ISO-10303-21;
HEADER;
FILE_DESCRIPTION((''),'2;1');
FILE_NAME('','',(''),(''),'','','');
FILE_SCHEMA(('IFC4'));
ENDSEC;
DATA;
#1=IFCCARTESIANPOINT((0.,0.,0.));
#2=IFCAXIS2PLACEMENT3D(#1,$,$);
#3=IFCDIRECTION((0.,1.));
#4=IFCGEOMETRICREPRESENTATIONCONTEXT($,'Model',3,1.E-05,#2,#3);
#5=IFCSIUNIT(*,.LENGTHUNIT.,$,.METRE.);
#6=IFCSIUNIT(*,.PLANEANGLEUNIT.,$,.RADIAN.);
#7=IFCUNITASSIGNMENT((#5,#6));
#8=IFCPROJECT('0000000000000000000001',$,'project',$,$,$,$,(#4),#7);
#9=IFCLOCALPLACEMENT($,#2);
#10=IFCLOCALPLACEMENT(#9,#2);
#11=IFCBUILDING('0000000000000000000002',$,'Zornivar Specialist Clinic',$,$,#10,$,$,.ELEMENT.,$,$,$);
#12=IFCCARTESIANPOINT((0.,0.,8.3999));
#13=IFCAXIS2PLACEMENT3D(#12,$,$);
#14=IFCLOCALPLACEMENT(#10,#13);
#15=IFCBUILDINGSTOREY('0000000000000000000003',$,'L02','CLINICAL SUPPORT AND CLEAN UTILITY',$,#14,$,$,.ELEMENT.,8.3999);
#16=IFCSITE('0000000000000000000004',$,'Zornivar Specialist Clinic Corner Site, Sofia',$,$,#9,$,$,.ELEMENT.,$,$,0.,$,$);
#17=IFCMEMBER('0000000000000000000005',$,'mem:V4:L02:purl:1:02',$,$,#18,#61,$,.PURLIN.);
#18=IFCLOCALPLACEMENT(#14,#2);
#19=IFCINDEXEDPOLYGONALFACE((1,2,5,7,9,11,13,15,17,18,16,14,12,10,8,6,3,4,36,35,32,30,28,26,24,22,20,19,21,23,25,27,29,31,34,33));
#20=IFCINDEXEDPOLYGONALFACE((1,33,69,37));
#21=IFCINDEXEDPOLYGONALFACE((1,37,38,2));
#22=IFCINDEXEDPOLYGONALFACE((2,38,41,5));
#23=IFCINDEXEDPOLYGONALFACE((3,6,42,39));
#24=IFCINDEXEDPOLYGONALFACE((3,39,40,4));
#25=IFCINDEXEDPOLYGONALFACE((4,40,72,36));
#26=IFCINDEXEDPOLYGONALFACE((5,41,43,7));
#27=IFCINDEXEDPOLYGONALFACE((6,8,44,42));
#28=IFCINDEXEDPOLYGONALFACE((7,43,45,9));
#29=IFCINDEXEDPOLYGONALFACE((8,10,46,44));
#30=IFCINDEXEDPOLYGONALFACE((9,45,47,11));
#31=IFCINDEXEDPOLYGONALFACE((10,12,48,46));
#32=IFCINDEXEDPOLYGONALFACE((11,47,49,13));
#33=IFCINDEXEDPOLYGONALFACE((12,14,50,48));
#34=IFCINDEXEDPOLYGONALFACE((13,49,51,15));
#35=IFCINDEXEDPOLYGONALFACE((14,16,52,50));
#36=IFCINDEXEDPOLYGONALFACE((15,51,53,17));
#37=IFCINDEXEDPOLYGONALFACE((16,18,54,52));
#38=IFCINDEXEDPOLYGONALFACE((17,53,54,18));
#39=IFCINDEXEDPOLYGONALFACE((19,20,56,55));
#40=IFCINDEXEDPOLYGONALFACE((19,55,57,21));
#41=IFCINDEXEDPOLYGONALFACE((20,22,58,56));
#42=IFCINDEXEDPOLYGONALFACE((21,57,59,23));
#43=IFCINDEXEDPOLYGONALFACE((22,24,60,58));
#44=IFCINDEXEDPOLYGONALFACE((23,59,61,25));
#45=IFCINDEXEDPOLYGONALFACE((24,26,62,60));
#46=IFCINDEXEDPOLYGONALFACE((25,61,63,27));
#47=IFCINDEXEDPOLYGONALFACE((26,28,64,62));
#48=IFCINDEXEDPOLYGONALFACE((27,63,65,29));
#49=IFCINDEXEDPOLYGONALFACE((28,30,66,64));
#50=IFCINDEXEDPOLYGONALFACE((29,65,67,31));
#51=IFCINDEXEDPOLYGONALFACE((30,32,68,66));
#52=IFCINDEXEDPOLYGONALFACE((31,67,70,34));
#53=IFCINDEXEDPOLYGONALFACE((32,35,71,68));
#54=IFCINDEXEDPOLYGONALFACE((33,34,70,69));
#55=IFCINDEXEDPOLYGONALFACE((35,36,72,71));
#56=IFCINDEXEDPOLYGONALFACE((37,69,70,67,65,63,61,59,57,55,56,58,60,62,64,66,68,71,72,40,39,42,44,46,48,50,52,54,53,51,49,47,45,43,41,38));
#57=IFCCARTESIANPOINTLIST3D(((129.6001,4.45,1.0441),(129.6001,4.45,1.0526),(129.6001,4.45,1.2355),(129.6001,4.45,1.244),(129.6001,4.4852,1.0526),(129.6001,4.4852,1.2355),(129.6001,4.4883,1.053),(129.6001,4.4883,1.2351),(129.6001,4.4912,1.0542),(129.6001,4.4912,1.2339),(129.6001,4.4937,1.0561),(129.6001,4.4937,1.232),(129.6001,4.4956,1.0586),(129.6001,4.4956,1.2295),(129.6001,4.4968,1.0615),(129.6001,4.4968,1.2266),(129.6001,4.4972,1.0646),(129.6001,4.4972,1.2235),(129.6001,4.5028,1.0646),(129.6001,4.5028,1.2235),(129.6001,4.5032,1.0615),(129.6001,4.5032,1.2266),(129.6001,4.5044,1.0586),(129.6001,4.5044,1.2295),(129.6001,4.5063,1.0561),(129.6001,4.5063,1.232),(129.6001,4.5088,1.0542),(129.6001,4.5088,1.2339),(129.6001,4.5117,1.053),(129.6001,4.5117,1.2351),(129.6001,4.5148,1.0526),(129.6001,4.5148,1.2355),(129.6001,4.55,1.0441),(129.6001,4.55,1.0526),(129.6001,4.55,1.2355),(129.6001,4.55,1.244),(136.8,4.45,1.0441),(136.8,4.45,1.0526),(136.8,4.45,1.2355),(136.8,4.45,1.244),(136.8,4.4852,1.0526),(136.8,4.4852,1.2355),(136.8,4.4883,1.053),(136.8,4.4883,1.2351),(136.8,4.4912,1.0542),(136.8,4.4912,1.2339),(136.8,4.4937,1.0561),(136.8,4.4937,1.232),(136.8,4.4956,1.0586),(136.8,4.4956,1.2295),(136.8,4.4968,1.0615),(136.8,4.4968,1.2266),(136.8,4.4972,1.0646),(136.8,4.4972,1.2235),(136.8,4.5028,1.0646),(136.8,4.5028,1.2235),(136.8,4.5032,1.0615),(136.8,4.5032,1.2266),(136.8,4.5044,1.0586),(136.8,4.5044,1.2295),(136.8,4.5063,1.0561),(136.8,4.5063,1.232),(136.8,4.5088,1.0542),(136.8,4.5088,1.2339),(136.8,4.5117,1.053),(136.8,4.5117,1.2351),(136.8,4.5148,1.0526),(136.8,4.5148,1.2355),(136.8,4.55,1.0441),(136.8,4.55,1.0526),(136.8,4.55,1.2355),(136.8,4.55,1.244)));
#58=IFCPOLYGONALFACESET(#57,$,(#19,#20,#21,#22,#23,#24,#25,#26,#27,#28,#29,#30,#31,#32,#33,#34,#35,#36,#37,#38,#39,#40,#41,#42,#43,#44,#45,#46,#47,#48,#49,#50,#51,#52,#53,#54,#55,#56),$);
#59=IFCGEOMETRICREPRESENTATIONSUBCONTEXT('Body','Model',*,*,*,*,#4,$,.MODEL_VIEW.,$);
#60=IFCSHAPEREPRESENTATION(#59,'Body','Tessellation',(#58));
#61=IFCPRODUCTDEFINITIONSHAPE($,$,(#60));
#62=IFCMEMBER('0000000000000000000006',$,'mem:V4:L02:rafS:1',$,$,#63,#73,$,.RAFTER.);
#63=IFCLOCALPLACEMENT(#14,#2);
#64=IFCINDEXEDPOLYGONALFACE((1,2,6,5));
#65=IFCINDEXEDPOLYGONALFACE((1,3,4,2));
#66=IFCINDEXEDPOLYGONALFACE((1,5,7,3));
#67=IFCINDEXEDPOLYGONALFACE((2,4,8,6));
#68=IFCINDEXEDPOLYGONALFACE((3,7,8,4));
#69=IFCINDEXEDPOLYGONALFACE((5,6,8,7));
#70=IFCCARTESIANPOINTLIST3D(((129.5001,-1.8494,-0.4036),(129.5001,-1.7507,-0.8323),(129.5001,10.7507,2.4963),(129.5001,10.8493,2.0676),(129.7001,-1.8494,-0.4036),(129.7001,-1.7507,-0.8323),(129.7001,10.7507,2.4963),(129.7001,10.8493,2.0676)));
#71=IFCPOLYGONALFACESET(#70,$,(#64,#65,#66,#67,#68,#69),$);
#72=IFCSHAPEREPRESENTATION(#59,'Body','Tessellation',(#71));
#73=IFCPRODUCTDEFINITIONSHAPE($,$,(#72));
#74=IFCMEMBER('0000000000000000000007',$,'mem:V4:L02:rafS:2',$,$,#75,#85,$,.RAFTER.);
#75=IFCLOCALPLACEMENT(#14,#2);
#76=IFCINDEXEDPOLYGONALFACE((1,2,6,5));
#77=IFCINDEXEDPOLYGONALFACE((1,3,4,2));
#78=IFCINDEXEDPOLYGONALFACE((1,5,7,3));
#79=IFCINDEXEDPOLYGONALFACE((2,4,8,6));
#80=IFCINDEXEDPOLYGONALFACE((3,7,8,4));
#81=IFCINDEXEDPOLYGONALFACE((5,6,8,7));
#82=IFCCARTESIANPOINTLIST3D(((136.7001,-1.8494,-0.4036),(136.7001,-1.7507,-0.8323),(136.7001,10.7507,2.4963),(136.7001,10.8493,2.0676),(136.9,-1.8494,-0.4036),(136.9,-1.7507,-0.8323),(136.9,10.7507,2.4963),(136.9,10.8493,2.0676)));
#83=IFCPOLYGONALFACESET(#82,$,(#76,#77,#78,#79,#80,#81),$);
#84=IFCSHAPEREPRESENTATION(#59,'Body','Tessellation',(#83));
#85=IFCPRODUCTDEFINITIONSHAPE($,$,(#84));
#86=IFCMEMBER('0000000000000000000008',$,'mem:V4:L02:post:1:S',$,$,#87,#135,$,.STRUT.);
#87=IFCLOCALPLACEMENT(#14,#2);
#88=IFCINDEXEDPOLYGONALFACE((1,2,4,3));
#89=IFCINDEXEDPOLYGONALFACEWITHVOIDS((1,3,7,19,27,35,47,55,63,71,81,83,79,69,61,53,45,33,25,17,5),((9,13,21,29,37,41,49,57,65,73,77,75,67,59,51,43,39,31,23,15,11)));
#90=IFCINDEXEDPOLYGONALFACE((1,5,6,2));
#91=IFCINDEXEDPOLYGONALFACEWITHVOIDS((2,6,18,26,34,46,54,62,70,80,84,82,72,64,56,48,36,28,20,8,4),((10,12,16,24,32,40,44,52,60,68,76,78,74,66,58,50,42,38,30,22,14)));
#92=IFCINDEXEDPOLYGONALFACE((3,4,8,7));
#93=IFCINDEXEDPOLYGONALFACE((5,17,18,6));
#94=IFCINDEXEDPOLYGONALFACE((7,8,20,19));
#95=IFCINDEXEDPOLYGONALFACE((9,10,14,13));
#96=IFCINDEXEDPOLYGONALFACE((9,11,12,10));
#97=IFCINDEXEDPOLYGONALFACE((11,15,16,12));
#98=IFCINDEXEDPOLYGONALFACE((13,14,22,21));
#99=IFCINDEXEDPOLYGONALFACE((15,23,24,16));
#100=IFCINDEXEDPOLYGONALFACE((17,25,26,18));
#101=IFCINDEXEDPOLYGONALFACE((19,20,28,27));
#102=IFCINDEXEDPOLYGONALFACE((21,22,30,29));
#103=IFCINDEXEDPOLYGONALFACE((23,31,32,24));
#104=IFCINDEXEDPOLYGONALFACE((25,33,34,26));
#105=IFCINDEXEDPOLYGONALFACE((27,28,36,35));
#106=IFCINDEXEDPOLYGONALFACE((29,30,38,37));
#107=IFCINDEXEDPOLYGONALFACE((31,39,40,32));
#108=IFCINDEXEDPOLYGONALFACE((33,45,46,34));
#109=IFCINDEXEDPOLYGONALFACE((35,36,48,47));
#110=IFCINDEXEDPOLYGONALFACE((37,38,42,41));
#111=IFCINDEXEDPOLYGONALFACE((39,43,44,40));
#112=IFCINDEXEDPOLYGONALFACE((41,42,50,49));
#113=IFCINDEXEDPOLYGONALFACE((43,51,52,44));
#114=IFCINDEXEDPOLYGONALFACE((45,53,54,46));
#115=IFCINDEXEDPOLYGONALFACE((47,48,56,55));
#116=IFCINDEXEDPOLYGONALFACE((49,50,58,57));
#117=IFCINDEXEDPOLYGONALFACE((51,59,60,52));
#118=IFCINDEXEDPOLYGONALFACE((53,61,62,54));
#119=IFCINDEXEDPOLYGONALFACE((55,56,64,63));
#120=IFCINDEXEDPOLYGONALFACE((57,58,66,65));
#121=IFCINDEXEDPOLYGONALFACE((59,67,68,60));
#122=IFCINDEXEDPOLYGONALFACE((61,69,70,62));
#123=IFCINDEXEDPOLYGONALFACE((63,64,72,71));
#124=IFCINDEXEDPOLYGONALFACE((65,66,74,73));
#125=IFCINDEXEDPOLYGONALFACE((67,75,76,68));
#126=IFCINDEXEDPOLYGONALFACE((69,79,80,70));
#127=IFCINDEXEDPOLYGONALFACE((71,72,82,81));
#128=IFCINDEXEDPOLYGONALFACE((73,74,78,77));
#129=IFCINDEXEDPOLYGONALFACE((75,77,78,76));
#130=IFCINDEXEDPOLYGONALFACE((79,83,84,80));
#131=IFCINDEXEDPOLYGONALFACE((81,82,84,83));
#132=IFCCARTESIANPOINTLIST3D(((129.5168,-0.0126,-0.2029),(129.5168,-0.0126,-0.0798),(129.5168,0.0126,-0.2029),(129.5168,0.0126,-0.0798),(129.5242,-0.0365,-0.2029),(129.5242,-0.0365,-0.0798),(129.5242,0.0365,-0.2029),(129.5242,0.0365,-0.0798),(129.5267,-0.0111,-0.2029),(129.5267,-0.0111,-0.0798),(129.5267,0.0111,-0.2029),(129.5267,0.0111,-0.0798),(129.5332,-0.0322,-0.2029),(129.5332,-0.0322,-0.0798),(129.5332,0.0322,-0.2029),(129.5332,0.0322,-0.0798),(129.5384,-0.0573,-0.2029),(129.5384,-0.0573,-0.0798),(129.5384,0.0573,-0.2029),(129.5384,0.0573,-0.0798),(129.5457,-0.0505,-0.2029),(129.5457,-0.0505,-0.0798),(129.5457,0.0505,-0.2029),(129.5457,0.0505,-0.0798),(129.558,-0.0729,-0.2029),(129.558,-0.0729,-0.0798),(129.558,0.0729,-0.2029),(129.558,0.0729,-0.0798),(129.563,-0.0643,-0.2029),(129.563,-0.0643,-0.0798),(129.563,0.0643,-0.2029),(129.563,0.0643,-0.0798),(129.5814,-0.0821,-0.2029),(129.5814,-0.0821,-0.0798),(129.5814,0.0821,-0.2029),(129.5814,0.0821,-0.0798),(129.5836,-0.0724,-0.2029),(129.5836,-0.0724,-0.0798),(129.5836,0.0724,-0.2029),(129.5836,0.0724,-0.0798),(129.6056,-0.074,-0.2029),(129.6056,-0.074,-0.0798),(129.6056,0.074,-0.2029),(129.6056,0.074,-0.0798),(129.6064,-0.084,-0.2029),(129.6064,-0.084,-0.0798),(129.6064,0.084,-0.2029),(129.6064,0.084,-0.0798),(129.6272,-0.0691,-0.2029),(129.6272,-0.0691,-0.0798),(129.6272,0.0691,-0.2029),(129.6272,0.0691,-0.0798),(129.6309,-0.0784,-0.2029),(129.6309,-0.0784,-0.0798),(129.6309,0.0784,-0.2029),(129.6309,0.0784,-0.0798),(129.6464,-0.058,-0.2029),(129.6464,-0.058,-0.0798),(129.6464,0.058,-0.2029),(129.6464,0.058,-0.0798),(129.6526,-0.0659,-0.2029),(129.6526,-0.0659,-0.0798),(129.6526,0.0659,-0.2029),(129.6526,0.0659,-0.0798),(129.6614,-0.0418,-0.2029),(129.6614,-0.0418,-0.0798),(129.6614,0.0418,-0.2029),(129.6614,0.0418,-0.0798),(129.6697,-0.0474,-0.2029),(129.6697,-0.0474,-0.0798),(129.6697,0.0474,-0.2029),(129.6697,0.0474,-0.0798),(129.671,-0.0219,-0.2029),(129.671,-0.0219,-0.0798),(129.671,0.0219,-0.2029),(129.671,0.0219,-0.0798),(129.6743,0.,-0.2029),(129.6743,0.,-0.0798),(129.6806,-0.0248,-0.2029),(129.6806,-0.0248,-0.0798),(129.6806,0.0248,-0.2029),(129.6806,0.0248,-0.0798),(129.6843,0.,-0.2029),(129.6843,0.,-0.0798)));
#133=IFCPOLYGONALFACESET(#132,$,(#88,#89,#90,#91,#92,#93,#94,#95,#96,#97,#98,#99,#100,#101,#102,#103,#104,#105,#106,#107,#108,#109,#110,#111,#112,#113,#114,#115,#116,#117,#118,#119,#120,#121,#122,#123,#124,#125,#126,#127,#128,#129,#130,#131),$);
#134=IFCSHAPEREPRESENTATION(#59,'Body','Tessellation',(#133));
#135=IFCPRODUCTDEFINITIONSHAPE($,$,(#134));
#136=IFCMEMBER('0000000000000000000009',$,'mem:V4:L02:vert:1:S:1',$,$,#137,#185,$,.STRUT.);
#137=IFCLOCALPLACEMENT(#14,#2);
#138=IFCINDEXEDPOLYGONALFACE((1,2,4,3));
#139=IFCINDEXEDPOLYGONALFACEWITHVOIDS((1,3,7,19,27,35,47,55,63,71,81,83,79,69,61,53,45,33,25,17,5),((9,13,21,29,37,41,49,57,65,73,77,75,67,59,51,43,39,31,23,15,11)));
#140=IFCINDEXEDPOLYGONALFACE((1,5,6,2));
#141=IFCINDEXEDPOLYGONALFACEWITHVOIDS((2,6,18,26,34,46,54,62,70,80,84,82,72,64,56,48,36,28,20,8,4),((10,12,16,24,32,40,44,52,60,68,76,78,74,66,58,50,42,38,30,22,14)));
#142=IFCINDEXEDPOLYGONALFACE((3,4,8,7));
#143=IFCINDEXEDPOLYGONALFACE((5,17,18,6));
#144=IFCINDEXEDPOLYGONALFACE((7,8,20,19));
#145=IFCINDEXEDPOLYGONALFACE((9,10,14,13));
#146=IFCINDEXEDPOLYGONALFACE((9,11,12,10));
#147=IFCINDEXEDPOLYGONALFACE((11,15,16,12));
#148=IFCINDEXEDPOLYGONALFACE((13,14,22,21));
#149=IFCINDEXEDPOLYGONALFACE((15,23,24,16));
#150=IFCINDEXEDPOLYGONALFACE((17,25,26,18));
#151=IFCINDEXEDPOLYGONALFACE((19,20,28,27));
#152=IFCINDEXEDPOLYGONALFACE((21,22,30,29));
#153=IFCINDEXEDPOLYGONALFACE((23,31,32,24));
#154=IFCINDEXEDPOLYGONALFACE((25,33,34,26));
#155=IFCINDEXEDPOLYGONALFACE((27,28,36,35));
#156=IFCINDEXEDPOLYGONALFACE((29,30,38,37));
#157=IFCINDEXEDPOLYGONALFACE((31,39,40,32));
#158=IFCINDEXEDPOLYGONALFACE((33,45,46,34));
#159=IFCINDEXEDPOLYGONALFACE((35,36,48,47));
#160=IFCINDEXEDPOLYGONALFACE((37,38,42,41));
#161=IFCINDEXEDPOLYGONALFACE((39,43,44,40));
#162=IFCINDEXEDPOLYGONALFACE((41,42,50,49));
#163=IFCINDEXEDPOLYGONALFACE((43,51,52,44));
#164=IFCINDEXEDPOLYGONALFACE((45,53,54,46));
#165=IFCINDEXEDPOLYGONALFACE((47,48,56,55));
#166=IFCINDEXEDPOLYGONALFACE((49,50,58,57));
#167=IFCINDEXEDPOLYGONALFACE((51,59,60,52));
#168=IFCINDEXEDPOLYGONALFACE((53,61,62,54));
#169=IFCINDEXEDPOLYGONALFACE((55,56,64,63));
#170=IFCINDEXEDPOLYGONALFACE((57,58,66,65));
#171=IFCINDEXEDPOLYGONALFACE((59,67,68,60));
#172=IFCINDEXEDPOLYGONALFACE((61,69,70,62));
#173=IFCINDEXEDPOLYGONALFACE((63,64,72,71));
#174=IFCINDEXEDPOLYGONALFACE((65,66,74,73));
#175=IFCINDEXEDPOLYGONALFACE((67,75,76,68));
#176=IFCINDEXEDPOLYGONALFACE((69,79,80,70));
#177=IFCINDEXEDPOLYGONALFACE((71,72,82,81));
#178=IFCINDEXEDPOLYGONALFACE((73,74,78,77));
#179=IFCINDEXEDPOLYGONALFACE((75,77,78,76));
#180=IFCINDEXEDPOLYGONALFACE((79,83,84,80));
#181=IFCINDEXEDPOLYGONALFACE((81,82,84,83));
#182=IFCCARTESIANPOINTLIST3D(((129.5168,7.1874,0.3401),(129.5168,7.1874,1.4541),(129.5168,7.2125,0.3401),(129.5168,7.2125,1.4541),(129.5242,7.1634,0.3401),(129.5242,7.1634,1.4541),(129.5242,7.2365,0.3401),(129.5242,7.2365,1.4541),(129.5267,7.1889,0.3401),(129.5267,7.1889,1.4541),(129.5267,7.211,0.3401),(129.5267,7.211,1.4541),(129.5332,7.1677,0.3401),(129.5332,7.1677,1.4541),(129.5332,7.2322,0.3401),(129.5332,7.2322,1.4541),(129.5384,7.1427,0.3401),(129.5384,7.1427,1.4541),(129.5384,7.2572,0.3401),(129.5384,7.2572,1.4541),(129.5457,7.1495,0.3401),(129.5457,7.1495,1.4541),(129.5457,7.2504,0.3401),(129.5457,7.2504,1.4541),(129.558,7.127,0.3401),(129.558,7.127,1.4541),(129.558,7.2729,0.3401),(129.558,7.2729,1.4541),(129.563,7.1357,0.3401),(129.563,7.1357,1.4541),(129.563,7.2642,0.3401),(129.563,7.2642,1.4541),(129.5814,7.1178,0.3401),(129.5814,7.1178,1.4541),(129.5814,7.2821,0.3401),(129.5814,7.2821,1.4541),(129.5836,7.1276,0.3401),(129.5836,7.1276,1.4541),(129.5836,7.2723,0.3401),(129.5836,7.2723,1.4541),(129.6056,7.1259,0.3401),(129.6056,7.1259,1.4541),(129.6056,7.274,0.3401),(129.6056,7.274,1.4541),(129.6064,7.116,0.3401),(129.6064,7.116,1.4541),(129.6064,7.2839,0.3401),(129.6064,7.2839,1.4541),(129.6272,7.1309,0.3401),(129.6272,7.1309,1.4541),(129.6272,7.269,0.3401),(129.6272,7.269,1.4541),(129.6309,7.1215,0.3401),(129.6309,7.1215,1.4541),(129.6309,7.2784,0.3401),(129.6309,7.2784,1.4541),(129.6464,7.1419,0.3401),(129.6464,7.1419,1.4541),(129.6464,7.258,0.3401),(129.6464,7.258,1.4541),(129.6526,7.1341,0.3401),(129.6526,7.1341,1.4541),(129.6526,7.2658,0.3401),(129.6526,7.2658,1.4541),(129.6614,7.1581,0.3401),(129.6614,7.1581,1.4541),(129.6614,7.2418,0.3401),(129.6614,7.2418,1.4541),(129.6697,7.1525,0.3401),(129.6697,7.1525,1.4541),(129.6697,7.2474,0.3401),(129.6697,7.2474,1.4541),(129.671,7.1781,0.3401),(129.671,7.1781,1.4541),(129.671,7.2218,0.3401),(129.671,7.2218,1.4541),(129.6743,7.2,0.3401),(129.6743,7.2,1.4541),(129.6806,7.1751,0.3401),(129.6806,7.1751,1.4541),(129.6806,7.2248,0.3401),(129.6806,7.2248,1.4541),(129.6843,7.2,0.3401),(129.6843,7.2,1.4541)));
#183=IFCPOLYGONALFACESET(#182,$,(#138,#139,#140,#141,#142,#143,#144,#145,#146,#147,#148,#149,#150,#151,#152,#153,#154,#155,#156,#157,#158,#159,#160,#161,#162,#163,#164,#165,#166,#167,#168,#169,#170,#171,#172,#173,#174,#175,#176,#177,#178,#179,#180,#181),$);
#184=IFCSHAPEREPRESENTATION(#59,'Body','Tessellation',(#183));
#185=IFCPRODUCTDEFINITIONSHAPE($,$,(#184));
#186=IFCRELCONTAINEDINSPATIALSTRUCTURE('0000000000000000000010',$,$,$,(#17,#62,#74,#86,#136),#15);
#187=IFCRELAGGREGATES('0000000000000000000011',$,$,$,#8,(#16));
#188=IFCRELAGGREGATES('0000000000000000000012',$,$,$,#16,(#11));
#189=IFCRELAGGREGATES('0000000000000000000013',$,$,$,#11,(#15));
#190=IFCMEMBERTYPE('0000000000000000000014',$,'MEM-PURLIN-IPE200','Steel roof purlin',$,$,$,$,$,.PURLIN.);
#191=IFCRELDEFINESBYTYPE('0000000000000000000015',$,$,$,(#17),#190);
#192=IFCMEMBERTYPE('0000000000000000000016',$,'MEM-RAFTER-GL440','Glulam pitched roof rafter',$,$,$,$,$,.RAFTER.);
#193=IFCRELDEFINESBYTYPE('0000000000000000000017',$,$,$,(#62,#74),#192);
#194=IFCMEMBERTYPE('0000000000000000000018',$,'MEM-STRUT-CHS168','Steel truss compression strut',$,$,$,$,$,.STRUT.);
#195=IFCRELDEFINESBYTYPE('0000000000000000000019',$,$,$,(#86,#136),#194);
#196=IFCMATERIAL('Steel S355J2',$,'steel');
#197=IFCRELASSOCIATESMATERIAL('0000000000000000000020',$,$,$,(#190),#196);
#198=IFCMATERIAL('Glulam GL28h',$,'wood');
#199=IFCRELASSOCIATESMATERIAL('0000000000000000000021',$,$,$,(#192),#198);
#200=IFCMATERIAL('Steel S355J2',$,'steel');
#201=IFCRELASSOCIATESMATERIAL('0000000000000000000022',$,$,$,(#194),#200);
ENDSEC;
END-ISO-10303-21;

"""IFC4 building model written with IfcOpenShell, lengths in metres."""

from ifc_helpers import new_model, si_unit, direction, frame, origin, origin_2d, place, context, subcontext, project, spatial, rectangle, hollow_circle, i_section, extrude, material, material_profile, profile_set, type_object, element, save


model = new_model("IFC4")

# Units and contexts
model_context = context("Model", 3, precision=1e-05, world=origin(), true_north=direction((0.0, 1.0)))
body_context = subcontext(model_context, "Body", "Model", "MODEL_VIEW")
ifc_project = project(units=[si_unit("LENGTHUNIT", "METRE"), si_unit("PLANEANGLEUNIT", "RADIAN")], contexts=[model_context])

# Site, building, storey
site_placement = place(None, origin())
site = spatial("IfcSite", under=ifc_project, at=site_placement, Name="Zornivar Specialist Clinic Corner Site, Sofia", CompositionType="ELEMENT", RefElevation=0.0)
building_placement = place(site_placement, origin())
building = spatial("IfcBuilding", under=site, at=building_placement, Name="Zornivar Specialist Clinic", CompositionType="ELEMENT")
storey_placement = place(building_placement, frame((0.0, 0.0, 8.3999)))
storey = spatial("IfcBuildingStorey", under=building, at=storey_placement, Name="L02", Description="CLINICAL SUPPORT AND CLEAN UTILITY", CompositionType="ELEMENT", Elevation=8.3999)

# Members
ifc_material_1 = material(Name="Steel S355J2", Category="steel")
ifc_material_profile_1 = material_profile(ifc_material_1, i_section(OverallWidth=0.1001, OverallDepth=0.2, WebThickness=0.0056, FlangeThickness=0.0085, FilletRadius=0.012, at=origin_2d()), Name="IPE 200")
ifc_profile_set_1 = profile_set([ifc_material_profile_1], Name="Steel S355J2")
member_type_1 = type_object("IfcMemberType", Name="MEM-PURLIN-IPE200", Description="Steel roof purlin", PredefinedType="PURLIN", material=ifc_profile_set_1)
for number, where, z_axis, x_axis, name in (
    (1, (129.6001, 4.5, 1.144), (1.0, 0.0, 0.0), (0.0, 1.0, 0.0), "mem:V4:L02:purl:1:02"),
):
    element("IfcMember", number, at=place(storey_placement, frame(where, z_axis=z_axis, x_axis=x_axis)), inside=storey, type_object=member_type_1, Name=name, PredefinedType="PURLIN", context=body_context, shape_type="SweptSolid", body=[
        extrude(i_section(OverallWidth=0.1001, OverallDepth=0.2, WebThickness=0.0056, FlangeThickness=0.0085, FilletRadius=0.012, at=origin_2d()), origin(), (0.0, 0.0, 1.0), 7.2),
    ])
ifc_material_2 = material(Name="Glulam GL28h", Category="wood")
ifc_material_profile_2 = material_profile(ifc_material_2, rectangle(XDim=0.2, YDim=0.4399, at=origin_2d()), Name="GL28h 200x440")
ifc_profile_set_2 = profile_set([ifc_material_profile_2], Name="Glulam GL28h")
member_type_2 = type_object("IfcMemberType", Name="MEM-RAFTER-GL440", Description="Glulam pitched roof rafter", PredefinedType="RAFTER", material=ifc_profile_set_2)
for number, where, z_axis, x_axis, name in (
    (2, (129.6001, -1.8, -0.6179), (0.0, 0.974523, 0.224286), (-1.0, 0.0, 0.0), "mem:V4:L02:rafS:1"),
    (3, (136.8, -1.8, -0.6179), (0.0, 0.974523, 0.224286), (-1.0, 0.0, 0.0), "mem:V4:L02:rafS:2"),
):
    element("IfcMember", number, at=place(storey_placement, frame(where, z_axis=z_axis, x_axis=x_axis)), inside=storey, type_object=member_type_2, Name=name, PredefinedType="RAFTER", context=body_context, shape_type="SweptSolid", body=[
        extrude(rectangle(XDim=0.2, YDim=0.4399, at=origin_2d()), origin(), (0.0, 0.0, 1.0), 12.9294),
    ])
ifc_material_3 = material(Name="Steel S355J2", Category="steel")
ifc_material_profile_3 = material_profile(ifc_material_3, hollow_circle(Radius=0.0842, WallThickness=0.01, at=origin_2d()), Name="CHS 168.3x10")
ifc_profile_set_3 = profile_set([ifc_material_profile_3], Name="Steel S355J2")
member_type_3 = type_object("IfcMemberType", Name="MEM-STRUT-CHS168", Description="Steel truss compression strut", PredefinedType="STRUT", material=ifc_profile_set_3)
member_1_placement = place(storey_placement, frame((129.6001, 0.0, -0.0798), z_axis=(0.0, 0.0, -1.0), x_axis=(1.0, 0.0, 0.0)))
element("IfcMember", 4, at=member_1_placement, inside=storey, type_object=member_type_3, Name="mem:V4:L02:post:1:S", PredefinedType="STRUT", context=body_context, shape_type="SweptSolid", body=[
    extrude(hollow_circle(Radius=0.0842, WallThickness=0.01, at=origin_2d()), origin(), (0.0, 0.0, 1.0), 0.123),
])
member_2_placement = place(storey_placement, frame((129.6001, 7.2, 0.3401), z_axis=(0.0, 0.0, 1.0), x_axis=(1.0, 0.0, 0.0)))
element("IfcMember", 5, at=member_2_placement, inside=storey, type_object=member_type_3, Name="mem:V4:L02:vert:1:S:1", PredefinedType="STRUT", context=body_context, shape_type="SweptSolid", body=[
    extrude(hollow_circle(Radius=0.0842, WallThickness=0.01, at=origin_2d()), origin(), (0.0, 0.0, 1.0), 1.114),
])

save(model, "model.ifc")
